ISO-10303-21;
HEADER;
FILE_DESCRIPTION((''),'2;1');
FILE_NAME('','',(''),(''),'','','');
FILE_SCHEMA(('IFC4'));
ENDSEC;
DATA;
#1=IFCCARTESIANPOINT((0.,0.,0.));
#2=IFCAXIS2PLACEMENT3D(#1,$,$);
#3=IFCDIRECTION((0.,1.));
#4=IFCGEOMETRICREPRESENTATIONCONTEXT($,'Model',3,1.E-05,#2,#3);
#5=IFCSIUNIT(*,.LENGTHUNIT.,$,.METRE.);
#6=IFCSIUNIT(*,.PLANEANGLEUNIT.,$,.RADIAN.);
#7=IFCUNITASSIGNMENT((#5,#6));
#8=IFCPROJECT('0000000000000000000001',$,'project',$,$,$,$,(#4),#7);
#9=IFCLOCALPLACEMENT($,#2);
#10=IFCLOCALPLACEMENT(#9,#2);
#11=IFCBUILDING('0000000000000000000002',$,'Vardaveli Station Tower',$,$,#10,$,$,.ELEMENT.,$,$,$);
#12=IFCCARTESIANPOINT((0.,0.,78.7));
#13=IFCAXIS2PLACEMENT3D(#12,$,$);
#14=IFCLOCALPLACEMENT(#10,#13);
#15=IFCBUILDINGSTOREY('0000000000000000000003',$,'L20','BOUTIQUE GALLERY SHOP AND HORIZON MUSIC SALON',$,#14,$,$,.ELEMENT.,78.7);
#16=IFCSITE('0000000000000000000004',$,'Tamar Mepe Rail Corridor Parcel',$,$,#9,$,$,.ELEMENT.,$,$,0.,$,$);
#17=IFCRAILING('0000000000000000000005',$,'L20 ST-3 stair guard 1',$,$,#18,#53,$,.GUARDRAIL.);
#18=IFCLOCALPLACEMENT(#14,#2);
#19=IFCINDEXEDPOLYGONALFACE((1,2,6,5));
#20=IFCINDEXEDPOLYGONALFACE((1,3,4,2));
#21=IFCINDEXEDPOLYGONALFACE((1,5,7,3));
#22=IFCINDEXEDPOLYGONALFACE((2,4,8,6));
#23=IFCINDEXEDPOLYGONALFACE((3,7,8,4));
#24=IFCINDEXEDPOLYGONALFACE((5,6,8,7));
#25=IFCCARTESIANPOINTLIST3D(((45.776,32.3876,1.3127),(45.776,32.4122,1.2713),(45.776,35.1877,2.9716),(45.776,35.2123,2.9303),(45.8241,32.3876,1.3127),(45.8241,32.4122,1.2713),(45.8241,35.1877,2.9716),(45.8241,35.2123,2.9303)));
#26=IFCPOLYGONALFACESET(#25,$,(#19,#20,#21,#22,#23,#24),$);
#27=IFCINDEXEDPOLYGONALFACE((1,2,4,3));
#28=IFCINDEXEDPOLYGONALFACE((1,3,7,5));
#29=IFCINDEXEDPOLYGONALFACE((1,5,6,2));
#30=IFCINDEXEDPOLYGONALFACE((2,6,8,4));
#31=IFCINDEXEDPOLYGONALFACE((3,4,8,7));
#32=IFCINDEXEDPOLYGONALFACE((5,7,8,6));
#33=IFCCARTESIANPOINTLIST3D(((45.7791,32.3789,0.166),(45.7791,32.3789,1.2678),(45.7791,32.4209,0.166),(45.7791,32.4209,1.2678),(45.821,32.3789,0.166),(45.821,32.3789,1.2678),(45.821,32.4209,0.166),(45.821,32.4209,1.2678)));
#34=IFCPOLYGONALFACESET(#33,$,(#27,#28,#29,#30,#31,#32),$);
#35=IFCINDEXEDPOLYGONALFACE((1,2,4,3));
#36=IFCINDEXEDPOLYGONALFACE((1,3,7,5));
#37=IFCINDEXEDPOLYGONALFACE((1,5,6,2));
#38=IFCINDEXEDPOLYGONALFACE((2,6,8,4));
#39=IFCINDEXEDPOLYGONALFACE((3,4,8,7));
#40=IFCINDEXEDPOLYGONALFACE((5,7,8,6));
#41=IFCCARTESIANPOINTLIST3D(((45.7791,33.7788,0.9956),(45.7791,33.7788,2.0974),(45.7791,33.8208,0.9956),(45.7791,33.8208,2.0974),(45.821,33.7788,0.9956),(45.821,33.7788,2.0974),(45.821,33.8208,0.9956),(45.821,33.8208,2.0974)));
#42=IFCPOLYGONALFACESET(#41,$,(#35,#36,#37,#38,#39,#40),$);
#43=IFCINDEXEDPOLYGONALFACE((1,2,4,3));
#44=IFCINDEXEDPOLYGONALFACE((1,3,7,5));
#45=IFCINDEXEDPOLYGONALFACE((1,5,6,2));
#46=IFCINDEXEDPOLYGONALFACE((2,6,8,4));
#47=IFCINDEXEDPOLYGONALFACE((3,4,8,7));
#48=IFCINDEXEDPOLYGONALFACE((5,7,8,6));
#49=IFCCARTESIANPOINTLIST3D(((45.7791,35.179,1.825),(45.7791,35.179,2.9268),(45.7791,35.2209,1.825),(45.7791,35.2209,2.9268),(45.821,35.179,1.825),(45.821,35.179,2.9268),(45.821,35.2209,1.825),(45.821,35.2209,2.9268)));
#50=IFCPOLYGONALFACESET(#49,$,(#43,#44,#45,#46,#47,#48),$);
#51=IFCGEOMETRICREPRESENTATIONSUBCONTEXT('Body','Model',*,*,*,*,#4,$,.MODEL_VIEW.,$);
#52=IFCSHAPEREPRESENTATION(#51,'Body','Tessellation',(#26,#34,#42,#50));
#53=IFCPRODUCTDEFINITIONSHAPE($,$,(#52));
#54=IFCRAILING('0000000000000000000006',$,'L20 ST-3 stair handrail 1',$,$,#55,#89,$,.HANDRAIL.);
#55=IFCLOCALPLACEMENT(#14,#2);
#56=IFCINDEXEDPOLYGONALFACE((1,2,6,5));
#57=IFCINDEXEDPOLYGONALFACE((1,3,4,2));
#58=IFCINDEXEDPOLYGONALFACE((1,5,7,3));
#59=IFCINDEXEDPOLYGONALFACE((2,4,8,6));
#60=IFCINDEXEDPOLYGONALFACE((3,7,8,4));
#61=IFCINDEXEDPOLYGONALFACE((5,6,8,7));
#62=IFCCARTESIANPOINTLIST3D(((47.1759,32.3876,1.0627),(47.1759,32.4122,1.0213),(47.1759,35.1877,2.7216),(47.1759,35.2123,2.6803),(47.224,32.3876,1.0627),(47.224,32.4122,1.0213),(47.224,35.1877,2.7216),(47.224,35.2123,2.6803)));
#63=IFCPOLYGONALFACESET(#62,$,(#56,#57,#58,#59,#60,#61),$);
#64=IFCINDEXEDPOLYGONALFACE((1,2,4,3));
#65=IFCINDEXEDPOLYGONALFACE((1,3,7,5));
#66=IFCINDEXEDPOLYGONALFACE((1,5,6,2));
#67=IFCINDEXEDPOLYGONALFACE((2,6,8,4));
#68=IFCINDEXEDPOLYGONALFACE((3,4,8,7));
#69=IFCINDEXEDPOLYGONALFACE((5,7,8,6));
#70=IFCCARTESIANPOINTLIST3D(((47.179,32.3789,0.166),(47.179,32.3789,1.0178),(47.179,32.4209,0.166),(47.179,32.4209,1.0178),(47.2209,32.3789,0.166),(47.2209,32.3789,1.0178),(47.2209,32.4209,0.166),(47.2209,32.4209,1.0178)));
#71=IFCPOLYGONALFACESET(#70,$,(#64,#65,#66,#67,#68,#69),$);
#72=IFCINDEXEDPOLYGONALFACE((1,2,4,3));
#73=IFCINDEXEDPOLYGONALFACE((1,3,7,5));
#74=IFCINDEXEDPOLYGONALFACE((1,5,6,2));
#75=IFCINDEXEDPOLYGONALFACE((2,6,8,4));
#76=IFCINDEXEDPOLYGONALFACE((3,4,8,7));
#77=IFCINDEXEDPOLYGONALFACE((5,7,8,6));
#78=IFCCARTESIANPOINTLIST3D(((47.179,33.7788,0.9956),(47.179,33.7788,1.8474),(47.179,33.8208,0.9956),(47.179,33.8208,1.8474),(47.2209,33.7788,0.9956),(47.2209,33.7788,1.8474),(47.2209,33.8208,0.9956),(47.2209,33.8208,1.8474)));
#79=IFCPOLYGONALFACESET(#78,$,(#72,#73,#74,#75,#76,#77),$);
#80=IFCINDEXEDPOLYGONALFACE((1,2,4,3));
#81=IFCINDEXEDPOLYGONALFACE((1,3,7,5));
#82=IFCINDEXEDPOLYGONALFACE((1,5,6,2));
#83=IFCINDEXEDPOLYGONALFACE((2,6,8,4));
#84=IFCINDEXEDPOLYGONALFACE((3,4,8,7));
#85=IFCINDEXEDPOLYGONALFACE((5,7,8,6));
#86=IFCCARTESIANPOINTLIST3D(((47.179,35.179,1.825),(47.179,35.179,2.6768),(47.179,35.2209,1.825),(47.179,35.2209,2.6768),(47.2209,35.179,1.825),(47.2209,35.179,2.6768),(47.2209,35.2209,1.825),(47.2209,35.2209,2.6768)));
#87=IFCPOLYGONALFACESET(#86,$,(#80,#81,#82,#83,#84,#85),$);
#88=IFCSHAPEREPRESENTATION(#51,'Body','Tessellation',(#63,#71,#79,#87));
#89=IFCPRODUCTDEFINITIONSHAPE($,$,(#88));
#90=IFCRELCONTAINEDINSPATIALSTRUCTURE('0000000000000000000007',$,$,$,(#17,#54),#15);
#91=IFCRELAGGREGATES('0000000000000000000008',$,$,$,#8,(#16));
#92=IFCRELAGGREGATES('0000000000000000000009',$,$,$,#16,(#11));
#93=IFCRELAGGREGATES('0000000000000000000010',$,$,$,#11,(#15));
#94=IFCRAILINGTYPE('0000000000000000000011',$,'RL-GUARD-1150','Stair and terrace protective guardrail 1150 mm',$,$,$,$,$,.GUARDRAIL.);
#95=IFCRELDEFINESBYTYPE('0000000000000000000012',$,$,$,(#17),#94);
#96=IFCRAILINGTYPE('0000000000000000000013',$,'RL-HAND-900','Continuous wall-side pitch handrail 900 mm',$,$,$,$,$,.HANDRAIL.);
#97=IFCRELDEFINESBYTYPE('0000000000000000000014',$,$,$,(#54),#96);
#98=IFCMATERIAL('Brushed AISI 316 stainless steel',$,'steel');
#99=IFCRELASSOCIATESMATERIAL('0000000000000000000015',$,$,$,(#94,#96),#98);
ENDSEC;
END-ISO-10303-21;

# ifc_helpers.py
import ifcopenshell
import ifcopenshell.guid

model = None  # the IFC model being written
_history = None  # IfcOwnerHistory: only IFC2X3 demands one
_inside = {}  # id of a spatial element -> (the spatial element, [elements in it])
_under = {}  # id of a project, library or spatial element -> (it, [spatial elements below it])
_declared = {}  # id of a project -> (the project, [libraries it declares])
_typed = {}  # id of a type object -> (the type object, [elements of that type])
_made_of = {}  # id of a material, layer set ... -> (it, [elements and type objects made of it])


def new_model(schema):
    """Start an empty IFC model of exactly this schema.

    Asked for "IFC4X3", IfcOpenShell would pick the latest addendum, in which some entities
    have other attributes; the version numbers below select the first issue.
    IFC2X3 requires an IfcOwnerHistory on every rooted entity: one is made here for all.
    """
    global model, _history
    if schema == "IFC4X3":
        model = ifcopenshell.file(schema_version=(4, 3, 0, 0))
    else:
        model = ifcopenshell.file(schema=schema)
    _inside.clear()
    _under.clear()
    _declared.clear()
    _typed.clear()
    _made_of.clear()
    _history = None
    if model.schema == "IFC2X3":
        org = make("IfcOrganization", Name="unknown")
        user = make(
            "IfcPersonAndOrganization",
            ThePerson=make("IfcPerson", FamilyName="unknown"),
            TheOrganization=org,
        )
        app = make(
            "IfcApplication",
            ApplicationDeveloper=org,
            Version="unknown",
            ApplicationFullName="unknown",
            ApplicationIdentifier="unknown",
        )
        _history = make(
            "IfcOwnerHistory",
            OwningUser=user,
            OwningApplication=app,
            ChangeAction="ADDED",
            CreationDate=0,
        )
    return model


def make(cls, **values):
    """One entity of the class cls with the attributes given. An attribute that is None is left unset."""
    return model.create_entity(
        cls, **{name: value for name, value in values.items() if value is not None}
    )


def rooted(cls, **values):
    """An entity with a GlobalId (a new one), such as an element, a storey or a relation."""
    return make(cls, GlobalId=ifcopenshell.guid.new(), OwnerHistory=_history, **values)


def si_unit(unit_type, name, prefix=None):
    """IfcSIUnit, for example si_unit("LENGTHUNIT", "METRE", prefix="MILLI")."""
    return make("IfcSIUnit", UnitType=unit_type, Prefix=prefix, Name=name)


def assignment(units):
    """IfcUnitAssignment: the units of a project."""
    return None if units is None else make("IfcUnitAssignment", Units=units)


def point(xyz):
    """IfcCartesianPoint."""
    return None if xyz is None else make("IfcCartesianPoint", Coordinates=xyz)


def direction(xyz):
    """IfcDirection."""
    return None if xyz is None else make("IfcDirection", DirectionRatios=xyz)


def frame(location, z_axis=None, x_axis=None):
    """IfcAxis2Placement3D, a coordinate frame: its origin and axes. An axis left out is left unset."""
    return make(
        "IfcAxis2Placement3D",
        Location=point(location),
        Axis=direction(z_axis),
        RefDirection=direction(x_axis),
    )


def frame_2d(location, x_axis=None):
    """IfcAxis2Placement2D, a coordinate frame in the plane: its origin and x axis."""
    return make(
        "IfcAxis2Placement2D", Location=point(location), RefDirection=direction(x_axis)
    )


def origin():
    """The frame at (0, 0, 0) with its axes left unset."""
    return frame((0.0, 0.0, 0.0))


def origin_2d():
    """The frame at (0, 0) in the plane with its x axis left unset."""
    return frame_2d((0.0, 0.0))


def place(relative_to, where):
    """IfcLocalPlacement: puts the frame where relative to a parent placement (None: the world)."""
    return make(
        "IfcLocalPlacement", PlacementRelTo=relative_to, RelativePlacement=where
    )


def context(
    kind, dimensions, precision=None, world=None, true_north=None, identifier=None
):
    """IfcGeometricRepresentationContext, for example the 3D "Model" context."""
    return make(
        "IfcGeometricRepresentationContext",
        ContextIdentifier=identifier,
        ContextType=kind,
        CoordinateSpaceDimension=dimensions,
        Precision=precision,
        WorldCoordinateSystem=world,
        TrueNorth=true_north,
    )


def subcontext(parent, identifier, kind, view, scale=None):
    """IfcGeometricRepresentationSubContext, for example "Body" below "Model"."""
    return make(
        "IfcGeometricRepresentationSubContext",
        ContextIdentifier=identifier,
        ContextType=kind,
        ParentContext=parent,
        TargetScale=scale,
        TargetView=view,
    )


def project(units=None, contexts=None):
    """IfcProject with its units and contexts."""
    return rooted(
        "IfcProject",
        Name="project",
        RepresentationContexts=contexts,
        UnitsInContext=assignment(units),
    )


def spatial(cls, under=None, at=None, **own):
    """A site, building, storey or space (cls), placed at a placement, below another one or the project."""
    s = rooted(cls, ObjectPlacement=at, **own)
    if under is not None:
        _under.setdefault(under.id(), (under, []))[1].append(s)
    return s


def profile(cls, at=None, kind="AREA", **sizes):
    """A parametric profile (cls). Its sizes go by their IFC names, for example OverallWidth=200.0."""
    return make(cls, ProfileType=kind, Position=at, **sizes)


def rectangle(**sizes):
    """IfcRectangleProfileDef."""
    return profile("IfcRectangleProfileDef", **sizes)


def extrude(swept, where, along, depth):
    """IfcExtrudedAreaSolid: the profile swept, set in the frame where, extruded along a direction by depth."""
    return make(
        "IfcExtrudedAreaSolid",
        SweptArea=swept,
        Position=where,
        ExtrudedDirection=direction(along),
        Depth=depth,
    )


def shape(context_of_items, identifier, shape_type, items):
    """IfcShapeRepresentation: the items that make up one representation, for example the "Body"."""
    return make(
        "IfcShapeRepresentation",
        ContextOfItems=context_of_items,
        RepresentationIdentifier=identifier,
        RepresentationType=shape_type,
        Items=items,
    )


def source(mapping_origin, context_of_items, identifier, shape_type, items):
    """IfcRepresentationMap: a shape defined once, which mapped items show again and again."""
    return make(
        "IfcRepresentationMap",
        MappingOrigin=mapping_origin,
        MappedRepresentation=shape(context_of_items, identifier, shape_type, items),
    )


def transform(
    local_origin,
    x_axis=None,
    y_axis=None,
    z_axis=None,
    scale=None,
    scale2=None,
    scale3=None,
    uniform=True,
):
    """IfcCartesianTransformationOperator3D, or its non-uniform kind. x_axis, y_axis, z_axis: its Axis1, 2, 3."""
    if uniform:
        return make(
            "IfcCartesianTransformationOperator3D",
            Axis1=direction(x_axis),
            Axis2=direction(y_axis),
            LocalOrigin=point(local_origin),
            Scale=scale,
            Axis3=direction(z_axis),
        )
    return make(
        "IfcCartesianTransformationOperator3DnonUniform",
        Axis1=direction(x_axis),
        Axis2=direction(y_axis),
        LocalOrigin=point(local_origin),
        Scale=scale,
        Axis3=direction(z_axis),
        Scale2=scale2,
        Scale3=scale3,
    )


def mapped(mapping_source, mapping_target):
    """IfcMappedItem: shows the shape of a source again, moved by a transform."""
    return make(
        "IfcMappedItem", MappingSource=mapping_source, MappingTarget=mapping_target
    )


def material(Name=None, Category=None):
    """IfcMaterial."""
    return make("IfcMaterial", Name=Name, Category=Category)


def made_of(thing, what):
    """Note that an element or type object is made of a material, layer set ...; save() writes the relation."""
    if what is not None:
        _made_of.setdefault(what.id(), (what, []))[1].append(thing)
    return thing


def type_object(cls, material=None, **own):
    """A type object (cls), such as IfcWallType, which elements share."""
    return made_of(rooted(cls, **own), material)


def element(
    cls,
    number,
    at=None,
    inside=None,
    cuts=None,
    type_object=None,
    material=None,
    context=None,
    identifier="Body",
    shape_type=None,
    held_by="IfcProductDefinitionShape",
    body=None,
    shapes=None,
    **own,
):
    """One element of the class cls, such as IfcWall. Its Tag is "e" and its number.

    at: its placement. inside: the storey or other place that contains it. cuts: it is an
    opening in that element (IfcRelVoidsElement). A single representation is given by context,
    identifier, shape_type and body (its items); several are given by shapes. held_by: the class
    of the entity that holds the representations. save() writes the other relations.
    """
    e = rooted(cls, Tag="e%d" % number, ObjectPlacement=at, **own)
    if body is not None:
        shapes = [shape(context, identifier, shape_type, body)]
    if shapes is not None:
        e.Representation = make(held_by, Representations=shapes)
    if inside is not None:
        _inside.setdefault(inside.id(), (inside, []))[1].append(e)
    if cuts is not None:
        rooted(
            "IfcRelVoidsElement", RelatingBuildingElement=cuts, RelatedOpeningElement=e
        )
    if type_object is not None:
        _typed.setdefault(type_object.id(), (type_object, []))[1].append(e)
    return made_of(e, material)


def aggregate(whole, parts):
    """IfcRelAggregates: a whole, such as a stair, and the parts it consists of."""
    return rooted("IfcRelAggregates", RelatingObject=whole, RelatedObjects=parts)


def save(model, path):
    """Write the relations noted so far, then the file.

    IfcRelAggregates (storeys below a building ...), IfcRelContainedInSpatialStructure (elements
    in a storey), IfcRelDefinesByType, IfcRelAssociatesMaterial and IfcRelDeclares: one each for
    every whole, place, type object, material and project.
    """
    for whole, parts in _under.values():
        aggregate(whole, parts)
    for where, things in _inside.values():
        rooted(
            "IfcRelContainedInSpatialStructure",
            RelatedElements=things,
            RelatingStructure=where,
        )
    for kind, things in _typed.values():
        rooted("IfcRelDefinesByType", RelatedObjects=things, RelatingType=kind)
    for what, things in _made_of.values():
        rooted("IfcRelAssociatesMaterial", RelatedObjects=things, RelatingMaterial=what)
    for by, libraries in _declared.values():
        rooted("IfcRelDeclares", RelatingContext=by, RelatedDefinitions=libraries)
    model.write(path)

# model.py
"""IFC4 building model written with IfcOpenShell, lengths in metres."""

from ifc_helpers import new_model, si_unit, direction, frame, origin, origin_2d, place, context, subcontext, project, spatial, rectangle, extrude, source, transform, mapped, material, type_object, element, save


model = new_model("IFC4")

# Units and contexts
model_context = context("Model", 3, precision=1e-05, world=origin(), true_north=direction((0.0, 1.0)))
body_context = subcontext(model_context, "Body", "Model", "MODEL_VIEW")
ifc_project = project(units=[si_unit("LENGTHUNIT", "METRE"), si_unit("PLANEANGLEUNIT", "RADIAN")], contexts=[model_context])

# Site, building, storey
site_placement = place(None, origin())
site = spatial("IfcSite", under=ifc_project, at=site_placement, Name="Tamar Mepe Rail Corridor Parcel", CompositionType="ELEMENT", RefElevation=0.0)
building_placement = place(site_placement, origin())
building = spatial("IfcBuilding", under=site, at=building_placement, Name="Vardaveli Station Tower", CompositionType="ELEMENT")
storey_placement = place(building_placement, frame((0.0, 0.0, 78.7)))
storey = spatial("IfcBuildingStorey", under=building, at=storey_placement, Name="L20", Description="BOUTIQUE GALLERY SHOP AND HORIZON MUSIC SALON", CompositionType="ELEMENT", Elevation=78.7)

# Railings
ifc_material_1 = material(Name="Brushed AISI 316 stainless steel", Category="steel")
railing_type_1 = type_object("IfcRailingType", Name="RL-GUARD-1150", Description="Stair and terrace protective guardrail 1150 mm", PredefinedType="GUARDRAIL", material=ifc_material_1)
shared_shape_1 = source(origin(), body_context, "Body", "SweptSolid", [
    extrude(rectangle(XDim=0.0481, YDim=0.0481, at=origin_2d()), frame((0.0, 0.0, 1.126), z_axis=(0.0, 0.860339, 0.509722), x_axis=(-1.0, 0.0, 0.0)), (0.0, 0.0, 1.0), 3.2546),
    extrude(rectangle(XDim=0.042, YDim=0.042, at=origin_2d()), origin(), (0.0, 0.0, 1.0), 1.1018),
    extrude(rectangle(XDim=0.042, YDim=0.042, at=origin_2d()), frame((0.0, 1.3999, 0.8296)), (0.0, 0.0, 1.0), 1.1018),
    extrude(rectangle(XDim=0.042, YDim=0.042, at=origin_2d()), frame((0.0, 2.8, 1.6589)), (0.0, 0.0, 1.0), 1.1018),
])
railing_1_placement = place(storey_placement, frame((45.8, 32.3999, 0.166)))
element("IfcRailing", 1, at=railing_1_placement, inside=storey, type_object=railing_type_1, Name="L20 ST-3 stair guard 1", PredefinedType="GUARDRAIL", context=body_context, shape_type="MappedRepresentation", body=[
    mapped(shared_shape_1, transform((0.0, 0.0, 0.0), scale=1.0)),
])
railing_type_2 = type_object("IfcRailingType", Name="RL-HAND-900", Description="Continuous wall-side pitch handrail 900 mm", PredefinedType="HANDRAIL", material=ifc_material_1)
shared_shape_2 = source(origin(), body_context, "Body", "SweptSolid", [
    extrude(rectangle(XDim=0.0481, YDim=0.0481, at=origin_2d()), frame((0.0, 0.0, 0.876), z_axis=(0.0, 0.860339, 0.509722), x_axis=(-1.0, 0.0, 0.0)), (0.0, 0.0, 1.0), 3.2546),
    extrude(rectangle(XDim=0.042, YDim=0.042, at=origin_2d()), origin(), (0.0, 0.0, 1.0), 0.8518),
    extrude(rectangle(XDim=0.042, YDim=0.042, at=origin_2d()), frame((0.0, 1.3999, 0.8296)), (0.0, 0.0, 1.0), 0.8518),
    extrude(rectangle(XDim=0.042, YDim=0.042, at=origin_2d()), frame((0.0, 2.8, 1.6589)), (0.0, 0.0, 1.0), 0.8518),
])
railing_2_placement = place(storey_placement, frame((47.2, 32.3999, 0.166)))
element("IfcRailing", 2, at=railing_2_placement, inside=storey, type_object=railing_type_2, Name="L20 ST-3 stair handrail 1", PredefinedType="HANDRAIL", context=body_context, shape_type="MappedRepresentation", body=[
    mapped(shared_shape_2, transform((0.0, 0.0, 0.0), scale=1.0)),
])

save(model, "model.ifc")
